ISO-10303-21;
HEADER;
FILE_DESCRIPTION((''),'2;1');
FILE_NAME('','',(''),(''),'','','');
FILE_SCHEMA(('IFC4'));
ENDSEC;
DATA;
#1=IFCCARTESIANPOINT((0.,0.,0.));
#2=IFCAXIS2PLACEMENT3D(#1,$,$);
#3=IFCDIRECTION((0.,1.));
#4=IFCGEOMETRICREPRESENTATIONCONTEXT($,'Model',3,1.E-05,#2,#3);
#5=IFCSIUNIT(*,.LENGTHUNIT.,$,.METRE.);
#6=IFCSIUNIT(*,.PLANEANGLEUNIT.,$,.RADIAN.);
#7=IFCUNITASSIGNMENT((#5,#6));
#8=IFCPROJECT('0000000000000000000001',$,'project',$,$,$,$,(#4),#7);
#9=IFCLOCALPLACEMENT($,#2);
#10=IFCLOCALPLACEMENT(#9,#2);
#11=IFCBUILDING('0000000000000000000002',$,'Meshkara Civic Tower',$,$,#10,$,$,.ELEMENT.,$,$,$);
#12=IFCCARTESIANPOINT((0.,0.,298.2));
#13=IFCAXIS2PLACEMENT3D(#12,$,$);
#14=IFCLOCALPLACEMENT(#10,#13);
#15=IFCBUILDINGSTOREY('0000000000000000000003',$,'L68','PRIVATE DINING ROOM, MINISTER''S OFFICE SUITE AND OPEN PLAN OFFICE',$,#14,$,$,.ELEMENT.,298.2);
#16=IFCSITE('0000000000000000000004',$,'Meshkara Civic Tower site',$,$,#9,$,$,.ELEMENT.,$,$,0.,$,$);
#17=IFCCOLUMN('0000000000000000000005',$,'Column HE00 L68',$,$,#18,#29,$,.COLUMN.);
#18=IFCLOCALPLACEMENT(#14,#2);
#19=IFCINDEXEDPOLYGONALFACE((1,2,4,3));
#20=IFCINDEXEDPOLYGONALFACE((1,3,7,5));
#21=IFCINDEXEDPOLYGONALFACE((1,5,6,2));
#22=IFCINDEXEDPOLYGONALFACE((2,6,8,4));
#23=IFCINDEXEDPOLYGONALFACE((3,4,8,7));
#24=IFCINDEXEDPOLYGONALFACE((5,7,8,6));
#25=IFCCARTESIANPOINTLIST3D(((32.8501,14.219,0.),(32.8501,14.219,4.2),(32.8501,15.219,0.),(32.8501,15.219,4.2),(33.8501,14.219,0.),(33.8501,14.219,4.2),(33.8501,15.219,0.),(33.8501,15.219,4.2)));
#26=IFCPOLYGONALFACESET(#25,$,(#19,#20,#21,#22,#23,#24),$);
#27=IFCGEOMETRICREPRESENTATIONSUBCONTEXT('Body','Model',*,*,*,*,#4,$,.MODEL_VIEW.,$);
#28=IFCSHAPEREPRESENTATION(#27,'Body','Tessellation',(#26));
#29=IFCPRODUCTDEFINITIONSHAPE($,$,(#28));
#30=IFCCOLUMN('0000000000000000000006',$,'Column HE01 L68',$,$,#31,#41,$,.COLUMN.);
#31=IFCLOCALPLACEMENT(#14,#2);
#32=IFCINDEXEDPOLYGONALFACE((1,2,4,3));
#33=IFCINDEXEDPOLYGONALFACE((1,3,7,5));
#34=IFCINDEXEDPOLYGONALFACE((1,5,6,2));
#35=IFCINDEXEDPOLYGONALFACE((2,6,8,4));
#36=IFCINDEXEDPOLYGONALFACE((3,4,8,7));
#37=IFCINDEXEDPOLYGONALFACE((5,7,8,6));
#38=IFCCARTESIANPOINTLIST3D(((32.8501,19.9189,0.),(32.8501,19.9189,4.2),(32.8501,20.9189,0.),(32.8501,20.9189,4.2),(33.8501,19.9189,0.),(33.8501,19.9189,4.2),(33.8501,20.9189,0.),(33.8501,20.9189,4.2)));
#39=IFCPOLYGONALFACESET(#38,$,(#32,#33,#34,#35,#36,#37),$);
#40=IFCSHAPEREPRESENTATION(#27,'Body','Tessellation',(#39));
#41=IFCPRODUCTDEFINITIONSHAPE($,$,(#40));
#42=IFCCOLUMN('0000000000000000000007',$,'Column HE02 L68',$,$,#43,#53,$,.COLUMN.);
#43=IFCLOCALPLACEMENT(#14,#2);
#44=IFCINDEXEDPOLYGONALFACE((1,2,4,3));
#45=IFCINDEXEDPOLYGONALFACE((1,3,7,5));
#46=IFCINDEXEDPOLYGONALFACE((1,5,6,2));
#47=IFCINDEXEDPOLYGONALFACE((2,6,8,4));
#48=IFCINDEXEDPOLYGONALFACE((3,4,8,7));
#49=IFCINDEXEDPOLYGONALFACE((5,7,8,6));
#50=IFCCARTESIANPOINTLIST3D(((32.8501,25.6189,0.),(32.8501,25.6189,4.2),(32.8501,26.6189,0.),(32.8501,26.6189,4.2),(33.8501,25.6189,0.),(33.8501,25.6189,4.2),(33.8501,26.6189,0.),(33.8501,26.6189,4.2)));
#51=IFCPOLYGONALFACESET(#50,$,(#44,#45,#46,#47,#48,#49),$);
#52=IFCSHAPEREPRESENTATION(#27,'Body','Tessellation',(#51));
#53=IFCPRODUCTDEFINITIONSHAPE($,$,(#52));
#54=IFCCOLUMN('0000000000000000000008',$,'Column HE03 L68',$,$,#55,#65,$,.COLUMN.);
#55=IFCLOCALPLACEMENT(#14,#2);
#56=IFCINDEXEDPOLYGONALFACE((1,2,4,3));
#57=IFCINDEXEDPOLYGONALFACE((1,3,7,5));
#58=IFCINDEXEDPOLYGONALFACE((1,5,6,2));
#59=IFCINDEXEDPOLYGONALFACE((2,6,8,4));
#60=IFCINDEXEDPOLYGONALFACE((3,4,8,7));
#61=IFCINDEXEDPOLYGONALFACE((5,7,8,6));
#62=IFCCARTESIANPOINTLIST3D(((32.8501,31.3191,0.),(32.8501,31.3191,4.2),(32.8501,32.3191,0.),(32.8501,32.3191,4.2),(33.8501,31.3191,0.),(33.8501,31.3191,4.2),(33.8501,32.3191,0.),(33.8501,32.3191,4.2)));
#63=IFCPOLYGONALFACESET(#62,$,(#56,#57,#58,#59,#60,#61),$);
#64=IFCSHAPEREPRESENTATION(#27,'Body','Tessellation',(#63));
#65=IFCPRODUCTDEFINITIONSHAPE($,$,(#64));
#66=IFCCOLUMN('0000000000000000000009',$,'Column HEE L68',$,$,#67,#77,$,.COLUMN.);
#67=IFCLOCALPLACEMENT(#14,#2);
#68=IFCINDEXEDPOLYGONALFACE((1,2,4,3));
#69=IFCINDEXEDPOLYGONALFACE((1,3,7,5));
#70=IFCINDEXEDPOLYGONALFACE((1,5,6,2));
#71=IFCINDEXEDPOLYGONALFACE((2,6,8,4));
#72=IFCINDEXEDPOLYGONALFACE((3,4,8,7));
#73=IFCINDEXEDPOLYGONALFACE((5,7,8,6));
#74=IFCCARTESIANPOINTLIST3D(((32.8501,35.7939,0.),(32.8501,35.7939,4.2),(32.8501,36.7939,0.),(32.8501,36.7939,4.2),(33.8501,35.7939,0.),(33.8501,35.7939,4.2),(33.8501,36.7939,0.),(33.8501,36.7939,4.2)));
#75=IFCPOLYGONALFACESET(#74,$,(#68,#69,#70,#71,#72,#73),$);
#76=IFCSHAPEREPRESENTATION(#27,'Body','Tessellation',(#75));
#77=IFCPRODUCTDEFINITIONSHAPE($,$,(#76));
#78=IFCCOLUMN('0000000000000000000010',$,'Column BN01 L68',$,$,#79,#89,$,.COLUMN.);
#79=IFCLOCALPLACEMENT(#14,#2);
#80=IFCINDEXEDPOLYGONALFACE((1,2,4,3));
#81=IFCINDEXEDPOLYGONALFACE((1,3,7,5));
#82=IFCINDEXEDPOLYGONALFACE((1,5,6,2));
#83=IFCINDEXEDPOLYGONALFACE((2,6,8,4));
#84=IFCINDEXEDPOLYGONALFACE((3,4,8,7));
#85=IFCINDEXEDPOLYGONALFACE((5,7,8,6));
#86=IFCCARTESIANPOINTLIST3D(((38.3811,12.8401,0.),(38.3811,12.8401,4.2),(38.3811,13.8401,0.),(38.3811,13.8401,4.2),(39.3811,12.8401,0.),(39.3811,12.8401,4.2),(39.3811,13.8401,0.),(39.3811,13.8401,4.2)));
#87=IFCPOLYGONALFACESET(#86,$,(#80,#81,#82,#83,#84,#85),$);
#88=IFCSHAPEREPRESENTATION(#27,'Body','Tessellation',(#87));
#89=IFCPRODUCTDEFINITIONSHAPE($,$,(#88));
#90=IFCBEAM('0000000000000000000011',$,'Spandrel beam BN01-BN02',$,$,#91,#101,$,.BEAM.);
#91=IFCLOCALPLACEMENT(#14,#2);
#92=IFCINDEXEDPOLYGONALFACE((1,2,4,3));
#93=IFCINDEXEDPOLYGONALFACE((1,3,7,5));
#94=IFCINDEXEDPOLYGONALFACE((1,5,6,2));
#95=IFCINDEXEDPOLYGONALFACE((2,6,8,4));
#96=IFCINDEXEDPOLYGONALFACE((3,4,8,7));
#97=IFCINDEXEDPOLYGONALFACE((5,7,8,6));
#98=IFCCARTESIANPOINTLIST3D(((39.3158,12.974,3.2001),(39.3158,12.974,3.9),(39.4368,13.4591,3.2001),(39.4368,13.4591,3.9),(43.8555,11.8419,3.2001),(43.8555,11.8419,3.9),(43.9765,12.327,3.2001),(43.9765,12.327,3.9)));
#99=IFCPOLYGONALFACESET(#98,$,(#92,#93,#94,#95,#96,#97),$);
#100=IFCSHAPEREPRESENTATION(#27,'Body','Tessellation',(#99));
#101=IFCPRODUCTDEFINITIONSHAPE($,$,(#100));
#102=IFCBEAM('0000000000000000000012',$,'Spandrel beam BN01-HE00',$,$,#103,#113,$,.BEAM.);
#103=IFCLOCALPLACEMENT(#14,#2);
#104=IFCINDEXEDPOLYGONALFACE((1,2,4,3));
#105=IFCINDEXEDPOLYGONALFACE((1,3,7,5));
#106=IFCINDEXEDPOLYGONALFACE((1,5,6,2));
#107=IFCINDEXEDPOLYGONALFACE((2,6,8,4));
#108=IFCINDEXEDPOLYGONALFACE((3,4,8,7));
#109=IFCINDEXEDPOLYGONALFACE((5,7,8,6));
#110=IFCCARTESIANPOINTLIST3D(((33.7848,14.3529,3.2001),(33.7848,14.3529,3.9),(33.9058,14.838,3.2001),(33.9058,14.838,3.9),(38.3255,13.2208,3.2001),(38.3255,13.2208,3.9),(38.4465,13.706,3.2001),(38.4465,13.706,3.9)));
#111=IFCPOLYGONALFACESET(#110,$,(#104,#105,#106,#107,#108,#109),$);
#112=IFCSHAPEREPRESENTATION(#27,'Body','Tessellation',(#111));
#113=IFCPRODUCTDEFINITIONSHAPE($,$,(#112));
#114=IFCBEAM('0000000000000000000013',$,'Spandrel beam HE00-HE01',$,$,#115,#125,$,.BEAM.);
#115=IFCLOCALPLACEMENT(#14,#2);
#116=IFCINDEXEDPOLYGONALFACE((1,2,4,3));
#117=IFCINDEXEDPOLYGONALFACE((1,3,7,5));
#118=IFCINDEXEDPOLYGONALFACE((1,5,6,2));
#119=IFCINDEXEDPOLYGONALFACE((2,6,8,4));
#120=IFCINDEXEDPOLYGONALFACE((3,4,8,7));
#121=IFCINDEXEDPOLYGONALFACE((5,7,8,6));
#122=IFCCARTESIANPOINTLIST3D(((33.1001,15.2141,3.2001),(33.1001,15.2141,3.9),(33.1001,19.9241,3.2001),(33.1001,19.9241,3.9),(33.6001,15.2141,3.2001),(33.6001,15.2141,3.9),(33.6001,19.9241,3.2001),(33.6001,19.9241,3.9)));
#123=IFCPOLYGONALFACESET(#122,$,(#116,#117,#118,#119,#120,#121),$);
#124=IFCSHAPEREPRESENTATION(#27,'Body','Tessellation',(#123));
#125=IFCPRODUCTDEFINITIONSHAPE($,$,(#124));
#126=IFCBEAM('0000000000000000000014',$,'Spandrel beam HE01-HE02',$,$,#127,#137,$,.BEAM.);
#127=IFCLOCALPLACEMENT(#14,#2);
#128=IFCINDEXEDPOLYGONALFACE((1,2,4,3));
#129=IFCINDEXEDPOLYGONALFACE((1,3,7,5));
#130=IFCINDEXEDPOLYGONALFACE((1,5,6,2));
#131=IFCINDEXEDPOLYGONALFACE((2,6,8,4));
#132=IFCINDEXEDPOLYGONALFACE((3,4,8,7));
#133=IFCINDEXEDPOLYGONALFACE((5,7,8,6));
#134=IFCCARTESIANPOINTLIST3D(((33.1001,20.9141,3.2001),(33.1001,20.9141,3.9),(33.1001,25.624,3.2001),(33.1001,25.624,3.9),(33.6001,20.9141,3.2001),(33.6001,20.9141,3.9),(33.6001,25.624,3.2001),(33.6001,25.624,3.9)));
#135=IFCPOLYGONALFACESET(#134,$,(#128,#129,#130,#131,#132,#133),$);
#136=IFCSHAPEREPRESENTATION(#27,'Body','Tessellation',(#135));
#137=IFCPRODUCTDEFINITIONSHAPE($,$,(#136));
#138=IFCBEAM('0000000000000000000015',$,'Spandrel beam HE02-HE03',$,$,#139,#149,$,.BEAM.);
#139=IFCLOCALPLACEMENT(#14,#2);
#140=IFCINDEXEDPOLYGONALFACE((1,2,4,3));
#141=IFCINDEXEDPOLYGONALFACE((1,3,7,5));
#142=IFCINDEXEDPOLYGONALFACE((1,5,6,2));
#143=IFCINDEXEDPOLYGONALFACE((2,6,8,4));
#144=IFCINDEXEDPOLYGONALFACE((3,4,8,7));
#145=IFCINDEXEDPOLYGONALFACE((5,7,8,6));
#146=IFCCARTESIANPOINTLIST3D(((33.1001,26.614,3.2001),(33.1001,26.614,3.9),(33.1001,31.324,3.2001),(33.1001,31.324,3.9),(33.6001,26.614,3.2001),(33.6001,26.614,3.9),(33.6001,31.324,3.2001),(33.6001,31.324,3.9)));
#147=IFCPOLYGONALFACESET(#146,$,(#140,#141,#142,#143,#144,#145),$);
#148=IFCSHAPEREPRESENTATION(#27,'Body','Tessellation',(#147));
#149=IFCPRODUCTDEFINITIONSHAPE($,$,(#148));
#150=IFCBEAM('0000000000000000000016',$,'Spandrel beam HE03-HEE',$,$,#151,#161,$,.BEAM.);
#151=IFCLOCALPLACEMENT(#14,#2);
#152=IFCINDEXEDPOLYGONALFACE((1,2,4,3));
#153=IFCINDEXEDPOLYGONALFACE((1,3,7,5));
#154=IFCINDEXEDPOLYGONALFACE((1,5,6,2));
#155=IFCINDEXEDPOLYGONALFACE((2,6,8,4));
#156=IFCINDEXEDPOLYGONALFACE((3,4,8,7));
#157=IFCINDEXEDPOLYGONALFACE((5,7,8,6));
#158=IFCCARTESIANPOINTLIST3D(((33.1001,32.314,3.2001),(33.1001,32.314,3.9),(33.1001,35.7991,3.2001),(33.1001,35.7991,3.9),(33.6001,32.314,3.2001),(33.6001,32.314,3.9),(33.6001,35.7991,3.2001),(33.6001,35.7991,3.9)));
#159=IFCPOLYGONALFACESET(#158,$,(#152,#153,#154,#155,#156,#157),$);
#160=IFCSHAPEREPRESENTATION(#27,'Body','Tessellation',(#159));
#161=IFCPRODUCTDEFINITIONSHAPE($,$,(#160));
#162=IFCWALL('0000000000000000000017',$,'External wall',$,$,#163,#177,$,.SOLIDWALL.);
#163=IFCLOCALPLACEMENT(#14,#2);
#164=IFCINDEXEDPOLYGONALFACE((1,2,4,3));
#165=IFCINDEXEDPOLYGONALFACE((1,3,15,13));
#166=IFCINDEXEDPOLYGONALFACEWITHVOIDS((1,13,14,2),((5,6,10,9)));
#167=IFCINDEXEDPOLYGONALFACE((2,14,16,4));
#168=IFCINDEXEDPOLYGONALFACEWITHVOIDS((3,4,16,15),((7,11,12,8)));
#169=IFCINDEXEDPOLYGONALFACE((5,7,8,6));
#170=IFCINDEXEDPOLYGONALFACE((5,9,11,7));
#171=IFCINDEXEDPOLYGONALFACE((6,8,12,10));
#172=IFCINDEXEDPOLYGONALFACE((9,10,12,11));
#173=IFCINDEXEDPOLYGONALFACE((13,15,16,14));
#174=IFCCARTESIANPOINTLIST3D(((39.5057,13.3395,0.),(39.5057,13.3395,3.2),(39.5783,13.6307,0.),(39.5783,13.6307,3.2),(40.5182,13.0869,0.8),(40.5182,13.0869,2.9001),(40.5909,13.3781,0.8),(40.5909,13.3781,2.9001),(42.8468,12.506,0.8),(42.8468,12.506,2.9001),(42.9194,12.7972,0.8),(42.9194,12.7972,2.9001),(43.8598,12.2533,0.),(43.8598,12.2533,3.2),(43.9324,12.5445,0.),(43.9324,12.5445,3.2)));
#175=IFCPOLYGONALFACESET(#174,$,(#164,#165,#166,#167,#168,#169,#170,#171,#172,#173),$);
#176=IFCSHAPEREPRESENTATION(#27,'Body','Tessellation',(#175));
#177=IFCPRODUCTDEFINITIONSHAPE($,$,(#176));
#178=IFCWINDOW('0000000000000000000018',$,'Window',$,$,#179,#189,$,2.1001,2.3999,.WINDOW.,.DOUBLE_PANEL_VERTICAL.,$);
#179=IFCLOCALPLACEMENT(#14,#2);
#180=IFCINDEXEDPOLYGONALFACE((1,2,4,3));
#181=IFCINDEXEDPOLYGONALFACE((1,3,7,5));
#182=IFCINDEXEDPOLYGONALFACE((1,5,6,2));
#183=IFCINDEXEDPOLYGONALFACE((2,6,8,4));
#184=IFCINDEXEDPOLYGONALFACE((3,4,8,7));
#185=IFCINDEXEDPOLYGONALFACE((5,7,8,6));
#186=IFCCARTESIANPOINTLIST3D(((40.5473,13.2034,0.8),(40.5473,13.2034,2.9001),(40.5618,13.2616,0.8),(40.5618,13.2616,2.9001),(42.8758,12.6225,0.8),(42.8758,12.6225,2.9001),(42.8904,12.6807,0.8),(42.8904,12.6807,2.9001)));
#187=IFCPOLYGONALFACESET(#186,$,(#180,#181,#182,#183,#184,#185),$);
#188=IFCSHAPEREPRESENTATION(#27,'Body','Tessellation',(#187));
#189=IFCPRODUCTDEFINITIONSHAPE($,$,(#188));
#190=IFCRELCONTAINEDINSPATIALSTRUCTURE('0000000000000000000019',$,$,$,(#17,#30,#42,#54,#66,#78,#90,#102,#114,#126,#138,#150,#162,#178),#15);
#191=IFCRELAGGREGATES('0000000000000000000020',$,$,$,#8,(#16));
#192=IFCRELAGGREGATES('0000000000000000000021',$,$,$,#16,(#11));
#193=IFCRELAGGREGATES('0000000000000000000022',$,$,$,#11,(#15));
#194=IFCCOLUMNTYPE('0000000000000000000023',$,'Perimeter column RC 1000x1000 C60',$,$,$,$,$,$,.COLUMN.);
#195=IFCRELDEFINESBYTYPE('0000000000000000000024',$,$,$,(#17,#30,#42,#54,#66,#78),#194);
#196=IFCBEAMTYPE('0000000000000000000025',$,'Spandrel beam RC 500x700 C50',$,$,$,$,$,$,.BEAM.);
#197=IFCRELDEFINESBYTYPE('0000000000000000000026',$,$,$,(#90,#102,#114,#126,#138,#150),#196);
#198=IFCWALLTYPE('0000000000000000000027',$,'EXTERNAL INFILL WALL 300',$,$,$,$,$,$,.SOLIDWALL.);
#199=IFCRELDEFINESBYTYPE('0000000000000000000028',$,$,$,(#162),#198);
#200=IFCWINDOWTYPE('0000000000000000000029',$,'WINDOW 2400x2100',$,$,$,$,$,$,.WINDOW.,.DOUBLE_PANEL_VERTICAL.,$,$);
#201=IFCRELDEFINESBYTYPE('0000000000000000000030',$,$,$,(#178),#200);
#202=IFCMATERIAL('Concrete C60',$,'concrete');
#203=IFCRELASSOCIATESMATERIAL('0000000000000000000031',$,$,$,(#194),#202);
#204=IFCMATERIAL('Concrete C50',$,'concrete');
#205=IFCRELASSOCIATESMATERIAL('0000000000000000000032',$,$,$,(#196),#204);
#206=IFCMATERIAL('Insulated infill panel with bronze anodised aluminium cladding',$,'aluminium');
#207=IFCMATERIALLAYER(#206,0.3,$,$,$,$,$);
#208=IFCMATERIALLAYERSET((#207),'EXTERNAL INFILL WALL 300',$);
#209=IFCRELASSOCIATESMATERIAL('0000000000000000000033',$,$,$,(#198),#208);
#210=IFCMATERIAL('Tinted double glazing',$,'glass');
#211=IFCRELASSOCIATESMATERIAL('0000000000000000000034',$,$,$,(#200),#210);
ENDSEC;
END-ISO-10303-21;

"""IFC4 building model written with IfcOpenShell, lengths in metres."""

from ifc_helpers import new_model, si_unit, direction, frame, frame_2d, origin, origin_2d, place, context, subcontext, project, spatial, rectangle, extrude, material, layer, layer_set, material_profile, profile_set, type_object, element, fill, save


model = new_model("IFC4")

# Units and contexts
model_context = context("Model", 3, precision=1e-05, world=origin(), true_north=direction((0.0, 1.0)))
body_context = subcontext(model_context, "Body", "Model", "MODEL_VIEW")
ifc_project = project(units=[si_unit("LENGTHUNIT", "METRE"), si_unit("PLANEANGLEUNIT", "RADIAN")], contexts=[model_context])

# Site, building, storey
site_placement = place(None, origin())
site = spatial("IfcSite", under=ifc_project, at=site_placement, Name="Meshkara Civic Tower site", CompositionType="ELEMENT", RefElevation=0.0)
building_placement = place(site_placement, origin())
building = spatial("IfcBuilding", under=site, at=building_placement, Name="Meshkara Civic Tower", CompositionType="ELEMENT")
storey_placement = place(building_placement, frame((0.0, 0.0, 298.2)))
storey = spatial("IfcBuildingStorey", under=building, at=storey_placement, Name="L68", Description="PRIVATE DINING ROOM, MINISTER'S OFFICE SUITE AND OPEN PLAN OFFICE", CompositionType="ELEMENT", Elevation=298.2)

# Columns
ifc_material_1 = material(Name="Concrete C60", Category="concrete")
ifc_material_profile_1 = material_profile(ifc_material_1, rectangle(XDim=1.0, YDim=1.0, at=origin_2d()))
ifc_profile_set_1 = profile_set([ifc_material_profile_1], Name="Concrete C60")
column_type = type_object("IfcColumnType", Name="Perimeter column RC 1000x1000 C60", PredefinedType="COLUMN", material=ifc_profile_set_1)
for number, where, z_axis, x_axis, name in (
    (1, (33.3501, 14.719, 0.0), (0.0, 0.0, 1.0), (1.0, 0.0, 0.0), "Column HE00 L68"),
    (2, (33.3501, 20.4189, 0.0), (0.0, 0.0, 1.0), (1.0, 0.0, 0.0), "Column HE01 L68"),
    (3, (33.3501, 26.1189, 0.0), (0.0, 0.0, 1.0), (1.0, 0.0, 0.0), "Column HE02 L68"),
    (4, (33.3501, 31.8191, 0.0), (0.0, 0.0, 1.0), (1.0, 0.0, 0.0), "Column HE03 L68"),
    (5, (33.3501, 36.2939, 0.0), (0.0, 0.0, 1.0), (1.0, 0.0, 0.0), "Column HEE L68"),
    (6, (38.8811, 13.3401, 0.0), (0.0, 0.0, 1.0), (1.0, 0.0, 0.0), "Column BN01 L68"),
):
    element("IfcColumn", number, at=place(storey_placement, frame(where, z_axis=z_axis, x_axis=x_axis)), inside=storey, type_object=column_type, Name=name, PredefinedType="COLUMN", context=body_context, shape_type="SweptSolid", body=[
        extrude(rectangle(XDim=1.0, YDim=1.0, at=origin_2d()), origin(), (0.0, 0.0, 1.0), 4.2),
    ])

# Beams
ifc_material_2 = material(Name="Concrete C50", Category="concrete")
ifc_material_profile_2 = material_profile(ifc_material_2, rectangle(XDim=0.5, YDim=0.7, at=origin_2d()))
ifc_profile_set_2 = profile_set([ifc_material_profile_2], Name="Concrete C50")
beam_type = type_object("IfcBeamType", Name="Spandrel beam RC 500x700 C50", PredefinedType="BEAM", material=ifc_profile_set_2)
beam_1_placement = place(storey_placement, frame((43.916, 12.0845, 3.55), z_axis=(-0.970287, 0.241959, 0.0), x_axis=(-0.241959, -0.970287, 0.0)))
element("IfcBeam", 7, at=beam_1_placement, inside=storey, type_object=beam_type, Name="Spandrel beam BN01-BN02", PredefinedType="BEAM", context=body_context, shape_type="SweptSolid", body=[
    extrude(rectangle(XDim=0.5, YDim=0.7, at=origin_2d()), origin(), (0.0, 0.0, 1.0), 4.6787),
])
beam_2_placement = place(storey_placement, frame((38.386, 13.4634, 3.55), z_axis=(-0.970299, 0.24191, 0.0), x_axis=(-0.24191, -0.970299, 0.0)))
element("IfcBeam", 8, at=beam_2_placement, inside=storey, type_object=beam_type, Name="Spandrel beam BN01-HE00", PredefinedType="BEAM", context=body_context, shape_type="SweptSolid", body=[
    extrude(rectangle(XDim=0.5, YDim=0.7, at=origin_2d()), origin(), (0.0, 0.0, 1.0), 4.6797),
])
for number, where, z_axis, x_axis, name in (
    (9, (33.3501, 15.2141, 3.55), (0.0, 1.0, 0.0), (-1.0, 0.0, 0.0), "Spandrel beam HE00-HE01"),
    (10, (33.3501, 20.9141, 3.55), (0.0, 1.0, 0.0), (-1.0, 0.0, 0.0), "Spandrel beam HE01-HE02"),
    (11, (33.3501, 26.614, 3.55), (0.0, 1.0, 0.0), (-1.0, 0.0, 0.0), "Spandrel beam HE02-HE03"),
):
    element("IfcBeam", number, at=place(storey_placement, frame(where, z_axis=z_axis, x_axis=x_axis)), inside=storey, type_object=beam_type, Name=name, PredefinedType="BEAM", context=body_context, shape_type="SweptSolid", body=[
        extrude(rectangle(XDim=0.5, YDim=0.7, at=origin_2d()), origin(), (0.0, 0.0, 1.0), 4.71),
    ])
beam_3_placement = place(storey_placement, frame((33.3501, 32.314, 3.55), z_axis=(0.0, 1.0, 0.0), x_axis=(-1.0, 0.0, 0.0)))
element("IfcBeam", 12, at=beam_3_placement, inside=storey, type_object=beam_type, Name="Spandrel beam HE03-HEE", PredefinedType="BEAM", context=body_context, shape_type="SweptSolid", body=[
    extrude(rectangle(XDim=0.5, YDim=0.7, at=origin_2d()), origin(), (0.0, 0.0, 1.0), 3.4851),
])

# Wall, opening, window
ifc_material_3 = material(Name="Insulated infill panel with bronze anodised aluminium cladding", Category="aluminium")
ifc_layer = layer(ifc_material_3, 0.3)
ifc_layer_set = layer_set([ifc_layer], Name="EXTERNAL INFILL WALL 300")
wall_type = type_object("IfcWallType", Name="EXTERNAL INFILL WALL 300", PredefinedType="SOLIDWALL", material=ifc_layer_set)
wall_1_placement = place(storey_placement, frame((43.896, 12.3989, 0.0), z_axis=(0.0, 0.0, 1.0), x_axis=(-0.970264, 0.242049, 0.0)))
wall_1 = element("IfcWall", 13, at=wall_1_placement, inside=storey, type_object=wall_type, Name="External wall", PredefinedType="SOLIDWALL", context=body_context, shape_type="SweptSolid", body=[
    extrude(rectangle(XDim=4.4875, YDim=0.3, at=frame_2d((2.2437, 0.0))), origin(), (0.0, 0.0, 1.0), 3.2),
])
opening_1_placement = place(wall_1_placement, frame((1.0439, 0.0, 0.8)))
opening_1 = element("IfcOpeningElement", 14, at=opening_1_placement, cuts=wall_1, PredefinedType="OPENING", context=body_context, shape_type="SweptSolid", body=[
    extrude(rectangle(XDim=2.3999, YDim=2.1001, at=frame_2d((1.2, 1.05))), frame((0.0, 0.1599, 0.0), z_axis=(0.0, -1.0, 0.0), x_axis=(1.0, 0.0, 0.0)), (0.0, 0.0, 1.0), 0.3201),
])
ifc_material_4 = material(Name="Tinted double glazing", Category="glass")
window_type = type_object("IfcWindowType", Name="WINDOW 2400x2100", PartitioningType="DOUBLE_PANEL_VERTICAL", PredefinedType="WINDOW", material=ifc_material_4)
window_1_placement = place(opening_1_placement, origin())
window_1 = element("IfcWindow", 15, at=window_1_placement, inside=storey, type_object=window_type, Name="Window", OverallHeight=2.1001, OverallWidth=2.3999, PartitioningType="DOUBLE_PANEL_VERTICAL", PredefinedType="WINDOW", context=body_context, shape_type="SweptSolid", body=[
    extrude(rectangle(XDim=2.3999, YDim=2.1001, at=frame_2d((1.2, 1.05))), frame((0.0, 0.03, 0.0), z_axis=(0.0, -1.0, 0.0), x_axis=(1.0, 0.0, 0.0)), (0.0, 0.0, 1.0), 0.0601),
])
fill(opening_1, window_1)

save(model, "model.ifc")
